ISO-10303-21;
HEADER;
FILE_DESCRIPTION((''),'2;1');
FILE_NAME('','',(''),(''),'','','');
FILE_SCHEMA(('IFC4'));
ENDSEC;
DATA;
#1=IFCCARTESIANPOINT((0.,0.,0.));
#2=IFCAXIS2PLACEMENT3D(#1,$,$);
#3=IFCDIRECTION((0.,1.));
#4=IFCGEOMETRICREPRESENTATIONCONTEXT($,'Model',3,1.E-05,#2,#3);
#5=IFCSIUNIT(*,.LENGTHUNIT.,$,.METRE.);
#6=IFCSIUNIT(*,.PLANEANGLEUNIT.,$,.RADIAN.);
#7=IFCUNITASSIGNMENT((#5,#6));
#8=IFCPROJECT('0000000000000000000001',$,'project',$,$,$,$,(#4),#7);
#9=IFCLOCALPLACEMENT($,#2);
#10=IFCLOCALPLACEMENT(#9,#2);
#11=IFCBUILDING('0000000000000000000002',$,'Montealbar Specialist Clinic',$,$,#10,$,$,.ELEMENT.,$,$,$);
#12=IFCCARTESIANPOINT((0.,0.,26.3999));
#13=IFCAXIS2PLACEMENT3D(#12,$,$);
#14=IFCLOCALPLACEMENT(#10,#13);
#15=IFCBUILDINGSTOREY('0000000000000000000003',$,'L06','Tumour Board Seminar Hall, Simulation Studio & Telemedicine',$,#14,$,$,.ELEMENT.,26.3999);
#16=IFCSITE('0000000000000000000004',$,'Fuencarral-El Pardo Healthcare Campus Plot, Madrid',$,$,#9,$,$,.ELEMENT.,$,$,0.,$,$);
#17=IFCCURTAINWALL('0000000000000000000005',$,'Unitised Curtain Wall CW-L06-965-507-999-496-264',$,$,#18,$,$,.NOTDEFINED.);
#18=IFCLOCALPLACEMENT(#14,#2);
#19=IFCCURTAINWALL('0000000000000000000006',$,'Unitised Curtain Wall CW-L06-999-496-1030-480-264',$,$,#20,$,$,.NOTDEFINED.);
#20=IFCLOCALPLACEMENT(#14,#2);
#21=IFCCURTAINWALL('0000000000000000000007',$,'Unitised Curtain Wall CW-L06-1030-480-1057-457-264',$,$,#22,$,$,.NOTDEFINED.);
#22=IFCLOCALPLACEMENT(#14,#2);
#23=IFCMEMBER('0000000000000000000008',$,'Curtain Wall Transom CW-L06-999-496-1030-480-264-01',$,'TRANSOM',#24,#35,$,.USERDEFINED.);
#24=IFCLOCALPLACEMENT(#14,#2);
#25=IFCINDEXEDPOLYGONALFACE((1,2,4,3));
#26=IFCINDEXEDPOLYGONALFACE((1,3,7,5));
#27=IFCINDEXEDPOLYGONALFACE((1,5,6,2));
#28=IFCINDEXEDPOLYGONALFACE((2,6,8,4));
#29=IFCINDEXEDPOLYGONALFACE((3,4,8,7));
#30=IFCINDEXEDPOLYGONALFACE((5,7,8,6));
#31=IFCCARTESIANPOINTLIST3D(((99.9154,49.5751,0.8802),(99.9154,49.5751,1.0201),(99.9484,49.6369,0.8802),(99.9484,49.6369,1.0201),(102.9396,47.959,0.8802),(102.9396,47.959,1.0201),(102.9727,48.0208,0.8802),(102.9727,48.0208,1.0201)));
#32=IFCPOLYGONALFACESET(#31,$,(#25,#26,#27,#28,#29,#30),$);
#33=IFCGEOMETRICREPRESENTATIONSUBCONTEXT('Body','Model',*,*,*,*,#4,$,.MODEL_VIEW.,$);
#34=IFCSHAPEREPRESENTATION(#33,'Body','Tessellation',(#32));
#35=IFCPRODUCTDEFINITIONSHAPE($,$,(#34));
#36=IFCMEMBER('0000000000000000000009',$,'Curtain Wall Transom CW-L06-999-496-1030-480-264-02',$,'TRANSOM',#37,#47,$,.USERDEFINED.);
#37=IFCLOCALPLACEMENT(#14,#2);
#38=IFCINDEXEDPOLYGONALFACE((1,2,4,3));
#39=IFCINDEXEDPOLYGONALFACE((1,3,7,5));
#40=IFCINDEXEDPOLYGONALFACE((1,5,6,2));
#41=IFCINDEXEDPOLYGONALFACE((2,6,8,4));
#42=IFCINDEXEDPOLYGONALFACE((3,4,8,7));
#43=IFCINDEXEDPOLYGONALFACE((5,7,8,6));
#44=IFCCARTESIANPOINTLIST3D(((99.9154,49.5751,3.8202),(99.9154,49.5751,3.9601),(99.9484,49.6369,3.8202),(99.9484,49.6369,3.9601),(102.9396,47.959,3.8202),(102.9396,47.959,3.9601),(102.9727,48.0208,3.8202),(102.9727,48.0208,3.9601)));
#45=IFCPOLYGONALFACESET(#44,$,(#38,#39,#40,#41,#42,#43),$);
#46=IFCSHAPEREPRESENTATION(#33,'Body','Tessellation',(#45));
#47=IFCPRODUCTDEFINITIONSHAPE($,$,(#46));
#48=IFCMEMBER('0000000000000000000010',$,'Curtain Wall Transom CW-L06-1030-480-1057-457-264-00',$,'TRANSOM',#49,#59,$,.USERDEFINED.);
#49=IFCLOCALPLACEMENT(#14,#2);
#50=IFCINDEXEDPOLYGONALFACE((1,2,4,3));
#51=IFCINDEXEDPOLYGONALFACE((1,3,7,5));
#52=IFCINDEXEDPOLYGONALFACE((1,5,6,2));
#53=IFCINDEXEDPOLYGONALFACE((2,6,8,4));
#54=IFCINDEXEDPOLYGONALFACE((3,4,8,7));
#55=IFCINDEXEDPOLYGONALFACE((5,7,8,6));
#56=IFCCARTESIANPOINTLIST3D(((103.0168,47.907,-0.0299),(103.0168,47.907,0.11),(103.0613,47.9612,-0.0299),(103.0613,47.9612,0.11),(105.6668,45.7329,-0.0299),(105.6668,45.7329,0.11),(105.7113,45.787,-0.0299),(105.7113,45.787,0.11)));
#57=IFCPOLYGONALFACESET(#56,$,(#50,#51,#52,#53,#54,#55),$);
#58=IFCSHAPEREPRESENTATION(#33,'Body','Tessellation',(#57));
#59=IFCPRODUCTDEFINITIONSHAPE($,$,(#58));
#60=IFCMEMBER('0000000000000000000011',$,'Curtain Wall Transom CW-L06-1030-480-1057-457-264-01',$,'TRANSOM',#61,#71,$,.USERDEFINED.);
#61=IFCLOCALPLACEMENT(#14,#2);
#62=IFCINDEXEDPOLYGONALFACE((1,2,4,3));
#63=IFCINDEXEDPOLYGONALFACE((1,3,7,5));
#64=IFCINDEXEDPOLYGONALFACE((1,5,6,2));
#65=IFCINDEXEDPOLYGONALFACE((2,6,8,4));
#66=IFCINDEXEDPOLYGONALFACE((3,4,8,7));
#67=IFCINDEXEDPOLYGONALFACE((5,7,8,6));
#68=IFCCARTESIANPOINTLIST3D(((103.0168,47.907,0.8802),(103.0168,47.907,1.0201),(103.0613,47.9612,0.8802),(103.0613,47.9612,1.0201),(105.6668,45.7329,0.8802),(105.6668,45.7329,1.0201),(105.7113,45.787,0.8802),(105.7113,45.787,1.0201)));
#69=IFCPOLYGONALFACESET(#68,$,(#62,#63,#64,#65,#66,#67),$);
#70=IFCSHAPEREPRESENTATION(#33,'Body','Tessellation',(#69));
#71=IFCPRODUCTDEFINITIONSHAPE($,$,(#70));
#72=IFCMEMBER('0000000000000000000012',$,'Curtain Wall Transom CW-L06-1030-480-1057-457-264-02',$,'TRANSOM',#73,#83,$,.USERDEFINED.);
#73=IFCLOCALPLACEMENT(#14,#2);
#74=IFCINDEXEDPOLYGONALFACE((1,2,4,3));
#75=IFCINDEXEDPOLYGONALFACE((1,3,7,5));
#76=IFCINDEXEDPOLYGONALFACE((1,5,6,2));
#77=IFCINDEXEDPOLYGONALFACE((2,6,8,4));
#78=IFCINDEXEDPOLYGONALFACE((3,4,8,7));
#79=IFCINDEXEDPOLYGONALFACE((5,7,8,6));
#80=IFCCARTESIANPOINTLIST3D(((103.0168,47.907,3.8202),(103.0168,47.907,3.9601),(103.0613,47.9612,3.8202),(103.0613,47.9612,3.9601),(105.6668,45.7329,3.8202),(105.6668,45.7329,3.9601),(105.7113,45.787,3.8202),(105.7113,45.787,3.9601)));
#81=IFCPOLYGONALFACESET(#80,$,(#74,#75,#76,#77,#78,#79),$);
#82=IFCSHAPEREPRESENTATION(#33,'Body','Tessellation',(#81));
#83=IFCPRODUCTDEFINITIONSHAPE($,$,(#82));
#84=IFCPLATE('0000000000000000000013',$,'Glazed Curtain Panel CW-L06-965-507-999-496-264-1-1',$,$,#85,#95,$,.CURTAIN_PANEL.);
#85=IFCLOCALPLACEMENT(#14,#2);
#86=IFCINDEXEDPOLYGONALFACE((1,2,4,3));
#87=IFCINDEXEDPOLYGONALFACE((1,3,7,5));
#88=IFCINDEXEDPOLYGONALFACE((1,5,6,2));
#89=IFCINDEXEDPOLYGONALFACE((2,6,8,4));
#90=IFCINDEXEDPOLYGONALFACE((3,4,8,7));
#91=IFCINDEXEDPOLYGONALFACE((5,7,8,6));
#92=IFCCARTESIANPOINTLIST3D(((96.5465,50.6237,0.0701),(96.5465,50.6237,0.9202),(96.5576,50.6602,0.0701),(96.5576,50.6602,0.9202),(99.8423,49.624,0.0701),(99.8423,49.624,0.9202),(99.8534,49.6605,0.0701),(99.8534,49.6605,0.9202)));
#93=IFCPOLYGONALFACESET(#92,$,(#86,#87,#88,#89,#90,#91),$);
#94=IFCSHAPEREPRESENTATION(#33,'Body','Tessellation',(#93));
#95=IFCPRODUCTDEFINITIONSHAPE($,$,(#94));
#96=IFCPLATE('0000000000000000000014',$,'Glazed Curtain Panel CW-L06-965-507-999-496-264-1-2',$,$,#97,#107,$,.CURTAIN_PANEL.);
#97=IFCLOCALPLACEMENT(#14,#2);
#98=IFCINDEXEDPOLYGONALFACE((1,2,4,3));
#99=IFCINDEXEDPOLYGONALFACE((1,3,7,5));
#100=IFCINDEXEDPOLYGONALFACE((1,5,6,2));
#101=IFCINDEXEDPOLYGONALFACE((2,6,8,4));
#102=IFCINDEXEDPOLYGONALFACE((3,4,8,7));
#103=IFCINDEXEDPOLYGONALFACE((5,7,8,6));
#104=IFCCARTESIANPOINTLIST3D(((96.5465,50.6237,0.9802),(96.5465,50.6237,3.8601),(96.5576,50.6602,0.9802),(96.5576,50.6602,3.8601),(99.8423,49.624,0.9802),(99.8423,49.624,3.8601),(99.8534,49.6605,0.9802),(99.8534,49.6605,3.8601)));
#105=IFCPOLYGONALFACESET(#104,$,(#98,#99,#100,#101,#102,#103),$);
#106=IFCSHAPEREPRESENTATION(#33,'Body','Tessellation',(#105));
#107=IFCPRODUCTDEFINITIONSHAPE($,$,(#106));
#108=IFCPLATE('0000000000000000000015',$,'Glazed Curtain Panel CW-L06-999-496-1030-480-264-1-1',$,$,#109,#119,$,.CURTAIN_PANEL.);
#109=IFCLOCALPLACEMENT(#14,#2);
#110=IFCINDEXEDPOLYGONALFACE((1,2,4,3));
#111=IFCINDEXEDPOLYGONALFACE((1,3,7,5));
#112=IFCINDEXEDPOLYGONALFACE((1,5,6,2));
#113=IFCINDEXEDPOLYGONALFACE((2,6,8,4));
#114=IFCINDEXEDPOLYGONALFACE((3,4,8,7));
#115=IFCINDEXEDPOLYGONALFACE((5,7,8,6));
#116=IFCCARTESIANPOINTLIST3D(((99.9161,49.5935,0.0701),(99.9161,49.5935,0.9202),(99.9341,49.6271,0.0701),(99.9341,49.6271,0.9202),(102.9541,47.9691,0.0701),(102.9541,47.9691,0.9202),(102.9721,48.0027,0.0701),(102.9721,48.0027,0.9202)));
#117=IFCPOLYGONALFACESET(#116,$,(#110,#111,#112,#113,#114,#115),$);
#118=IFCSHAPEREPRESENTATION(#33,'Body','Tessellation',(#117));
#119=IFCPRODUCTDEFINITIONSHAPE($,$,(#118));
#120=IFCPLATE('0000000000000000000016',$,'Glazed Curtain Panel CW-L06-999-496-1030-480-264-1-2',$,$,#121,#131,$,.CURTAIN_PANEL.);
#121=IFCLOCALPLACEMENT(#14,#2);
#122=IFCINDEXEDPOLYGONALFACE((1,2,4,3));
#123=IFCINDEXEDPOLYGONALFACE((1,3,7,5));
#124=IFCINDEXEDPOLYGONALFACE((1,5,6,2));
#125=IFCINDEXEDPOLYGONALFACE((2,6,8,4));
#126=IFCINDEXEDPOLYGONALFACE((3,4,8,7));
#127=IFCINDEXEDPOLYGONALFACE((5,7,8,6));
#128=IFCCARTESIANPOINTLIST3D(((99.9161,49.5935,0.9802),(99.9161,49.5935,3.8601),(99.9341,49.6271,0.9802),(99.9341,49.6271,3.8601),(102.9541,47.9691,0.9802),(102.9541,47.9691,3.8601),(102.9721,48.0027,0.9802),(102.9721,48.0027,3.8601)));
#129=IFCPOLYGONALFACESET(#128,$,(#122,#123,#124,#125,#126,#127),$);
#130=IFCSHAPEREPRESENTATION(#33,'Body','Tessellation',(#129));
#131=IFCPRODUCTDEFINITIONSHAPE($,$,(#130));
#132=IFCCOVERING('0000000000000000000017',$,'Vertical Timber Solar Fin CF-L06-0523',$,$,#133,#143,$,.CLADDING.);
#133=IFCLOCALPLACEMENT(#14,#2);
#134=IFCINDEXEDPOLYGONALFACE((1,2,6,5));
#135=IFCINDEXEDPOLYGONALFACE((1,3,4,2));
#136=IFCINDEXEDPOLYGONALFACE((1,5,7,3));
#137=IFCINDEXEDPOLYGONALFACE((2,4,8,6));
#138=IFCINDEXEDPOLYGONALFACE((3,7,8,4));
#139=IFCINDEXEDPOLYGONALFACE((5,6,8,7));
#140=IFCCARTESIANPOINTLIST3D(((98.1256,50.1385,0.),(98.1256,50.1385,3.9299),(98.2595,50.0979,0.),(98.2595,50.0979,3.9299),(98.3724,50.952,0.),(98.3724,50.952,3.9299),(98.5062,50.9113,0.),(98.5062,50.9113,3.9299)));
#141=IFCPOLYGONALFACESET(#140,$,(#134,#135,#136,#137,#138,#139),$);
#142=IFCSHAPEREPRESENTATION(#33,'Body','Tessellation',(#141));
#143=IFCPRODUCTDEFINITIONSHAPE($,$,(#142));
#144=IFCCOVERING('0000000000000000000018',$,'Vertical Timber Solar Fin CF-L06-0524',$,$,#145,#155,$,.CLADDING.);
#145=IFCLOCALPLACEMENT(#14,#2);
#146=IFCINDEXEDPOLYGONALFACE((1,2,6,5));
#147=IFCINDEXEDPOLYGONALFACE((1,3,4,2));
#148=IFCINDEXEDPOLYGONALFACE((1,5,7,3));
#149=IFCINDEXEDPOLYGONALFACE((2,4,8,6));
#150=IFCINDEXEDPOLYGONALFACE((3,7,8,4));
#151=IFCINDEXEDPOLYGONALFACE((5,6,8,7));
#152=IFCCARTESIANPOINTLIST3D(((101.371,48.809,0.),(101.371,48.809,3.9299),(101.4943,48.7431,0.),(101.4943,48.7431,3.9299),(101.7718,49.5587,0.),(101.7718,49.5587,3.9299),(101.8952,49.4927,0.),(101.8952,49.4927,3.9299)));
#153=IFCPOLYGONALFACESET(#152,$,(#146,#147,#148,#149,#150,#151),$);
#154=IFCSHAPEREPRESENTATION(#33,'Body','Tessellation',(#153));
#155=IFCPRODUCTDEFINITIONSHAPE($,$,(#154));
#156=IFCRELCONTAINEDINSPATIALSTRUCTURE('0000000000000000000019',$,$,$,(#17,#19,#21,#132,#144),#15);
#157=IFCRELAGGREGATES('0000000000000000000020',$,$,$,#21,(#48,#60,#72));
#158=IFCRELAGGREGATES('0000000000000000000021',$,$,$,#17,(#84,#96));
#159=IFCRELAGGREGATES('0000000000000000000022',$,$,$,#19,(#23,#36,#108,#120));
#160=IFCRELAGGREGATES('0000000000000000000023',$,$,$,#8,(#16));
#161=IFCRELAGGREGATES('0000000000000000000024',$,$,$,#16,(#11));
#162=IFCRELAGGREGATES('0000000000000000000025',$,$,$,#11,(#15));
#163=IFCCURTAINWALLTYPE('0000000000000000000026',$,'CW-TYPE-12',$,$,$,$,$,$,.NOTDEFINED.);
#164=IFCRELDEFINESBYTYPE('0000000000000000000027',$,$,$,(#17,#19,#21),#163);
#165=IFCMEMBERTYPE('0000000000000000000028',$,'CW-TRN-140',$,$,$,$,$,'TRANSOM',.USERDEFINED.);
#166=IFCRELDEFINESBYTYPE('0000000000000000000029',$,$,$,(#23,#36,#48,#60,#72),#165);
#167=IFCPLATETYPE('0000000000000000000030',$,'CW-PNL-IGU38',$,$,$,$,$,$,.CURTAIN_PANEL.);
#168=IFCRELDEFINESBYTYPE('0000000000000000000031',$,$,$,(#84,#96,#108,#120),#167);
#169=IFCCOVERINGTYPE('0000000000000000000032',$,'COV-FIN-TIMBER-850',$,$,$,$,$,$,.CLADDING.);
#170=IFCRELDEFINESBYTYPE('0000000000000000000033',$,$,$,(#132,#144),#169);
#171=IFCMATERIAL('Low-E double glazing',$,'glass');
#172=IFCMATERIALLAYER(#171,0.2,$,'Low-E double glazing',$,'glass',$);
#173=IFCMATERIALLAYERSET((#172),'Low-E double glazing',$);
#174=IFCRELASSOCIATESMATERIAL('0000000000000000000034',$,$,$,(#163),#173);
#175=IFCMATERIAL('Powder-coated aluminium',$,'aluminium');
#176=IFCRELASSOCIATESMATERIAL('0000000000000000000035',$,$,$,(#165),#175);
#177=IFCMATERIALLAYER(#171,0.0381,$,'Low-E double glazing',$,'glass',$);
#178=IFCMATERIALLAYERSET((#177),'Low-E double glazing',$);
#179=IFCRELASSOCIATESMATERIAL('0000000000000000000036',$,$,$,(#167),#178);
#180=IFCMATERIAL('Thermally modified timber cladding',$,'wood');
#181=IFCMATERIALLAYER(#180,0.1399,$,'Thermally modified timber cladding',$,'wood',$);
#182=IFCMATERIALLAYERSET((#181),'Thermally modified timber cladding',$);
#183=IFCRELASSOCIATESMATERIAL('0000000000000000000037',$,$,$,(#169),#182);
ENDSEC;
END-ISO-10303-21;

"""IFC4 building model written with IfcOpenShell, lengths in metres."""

from ifc_helpers import new_model, si_unit, direction, frame, origin, origin_2d, place, context, subcontext, project, spatial, rectangle, extrude, material, layer, layer_set, material_profile, profile_set, type_object, element, aggregate, save


model = new_model("IFC4")

# Units and contexts
model_context = context("Model", 3, precision=1e-05, world=origin(), true_north=direction((0.0, 1.0)))
body_context = subcontext(model_context, "Body", "Model", "MODEL_VIEW")
ifc_project = project(units=[si_unit("LENGTHUNIT", "METRE"), si_unit("PLANEANGLEUNIT", "RADIAN")], contexts=[model_context])

# Site, building, storey
site_placement = place(None, origin())
site = spatial("IfcSite", under=ifc_project, at=site_placement, Name="Fuencarral-El Pardo Healthcare Campus Plot, Madrid", CompositionType="ELEMENT", RefElevation=0.0)
building_placement = place(site_placement, origin())
building = spatial("IfcBuilding", under=site, at=building_placement, Name="Montealbar Specialist Clinic", CompositionType="ELEMENT")
storey_placement = place(building_placement, frame((0.0, 0.0, 26.3999)))
storey = spatial("IfcBuildingStorey", under=building, at=storey_placement, Name="L06", Description="Tumour Board Seminar Hall, Simulation Studio & Telemedicine", CompositionType="ELEMENT", Elevation=26.3999)

# Shared definitions
ifc_material_1 = material(Name="Low-E double glazing", Category="glass")
ifc_layer_1 = layer(ifc_material_1, 0.2, Name="Low-E double glazing", Category="glass")
ifc_layer_set_1 = layer_set([ifc_layer_1], Name="Low-E double glazing")
curtain_wall_type = type_object("IfcCurtainWallType", Name="CW-TYPE-12", PredefinedType="NOTDEFINED", material=ifc_layer_set_1)

# Curtain walls
curtain_wall_1_placement = place(storey_placement, origin())
curtain_wall_1 = element("IfcCurtainWall", 1, at=curtain_wall_1_placement, inside=storey, type_object=curtain_wall_type, Name="Unitised Curtain Wall CW-L06-965-507-999-496-264", PredefinedType="NOTDEFINED")
curtain_wall_2_placement = place(storey_placement, origin())
curtain_wall_2 = element("IfcCurtainWall", 2, at=curtain_wall_2_placement, inside=storey, type_object=curtain_wall_type, Name="Unitised Curtain Wall CW-L06-999-496-1030-480-264", PredefinedType="NOTDEFINED")

# Curtain wall
curtain_wall_3_placement = place(storey_placement, origin())
curtain_wall_3 = element("IfcCurtainWall", 3, at=curtain_wall_3_placement, inside=storey, type_object=curtain_wall_type, Name="Unitised Curtain Wall CW-L06-1030-480-1057-457-264", PredefinedType="NOTDEFINED")

# Members
ifc_material_2 = material(Name="Powder-coated aluminium", Category="aluminium")
ifc_material_profile_1 = material_profile(ifc_material_2, rectangle(XDim=0.0701, YDim=0.1399, at=origin_2d()), Name="ALU 70x140", Category="aluminium")
ifc_profile_set_1 = profile_set([ifc_material_profile_1], Name="Powder-coated aluminium")
member_type_1 = type_object("IfcMemberType", Name="CW-TRN-140", ElementType="TRANSOM", PredefinedType="USERDEFINED", material=ifc_profile_set_1)
member_1_placement = place(storey_placement, frame((99.9319, 49.606, 0.9502), z_axis=(0.88198, -0.471287, 0.0), x_axis=(0.471287, 0.88198, 0.0)))
member_1 = element("IfcMember", 4, at=member_1_placement, type_object=member_type_1, Name="Curtain Wall Transom CW-L06-999-496-1030-480-264-01", ObjectType="TRANSOM", PredefinedType="USERDEFINED", context=body_context, shape_type="SweptSolid", body=[
    extrude(rectangle(XDim=0.0701, YDim=0.1399, at=origin_2d()), origin(), (0.0, 0.0, 1.0), 3.429),
])
member_2_placement = place(storey_placement, frame((99.9319, 49.606, 3.8901), z_axis=(0.88198, -0.471287, 0.0), x_axis=(0.471287, 0.88198, 0.0)))
member_2 = element("IfcMember", 5, at=member_2_placement, type_object=member_type_1, Name="Curtain Wall Transom CW-L06-999-496-1030-480-264-02", ObjectType="TRANSOM", PredefinedType="USERDEFINED", context=body_context, shape_type="SweptSolid", body=[
    extrude(rectangle(XDim=0.0701, YDim=0.1399, at=origin_2d()), origin(), (0.0, 0.0, 1.0), 3.429),
])
member_3_placement = place(storey_placement, frame((103.0391, 47.9341, 0.04), z_axis=(0.773103, -0.634281, 0.0), x_axis=(0.634281, 0.773103, 0.0)))
member_3 = element("IfcMember", 6, at=member_3_placement, type_object=member_type_1, Name="Curtain Wall Transom CW-L06-1030-480-1057-457-264-00", ObjectType="TRANSOM", PredefinedType="USERDEFINED", context=body_context, shape_type="SweptSolid", body=[
    extrude(rectangle(XDim=0.0701, YDim=0.1399, at=origin_2d()), origin(), (0.0, 0.0, 1.0), 3.4277),
])
member_4_placement = place(storey_placement, frame((103.0391, 47.9341, 0.9502), z_axis=(0.773103, -0.634281, 0.0), x_axis=(0.634281, 0.773103, 0.0)))
member_4 = element("IfcMember", 7, at=member_4_placement, type_object=member_type_1, Name="Curtain Wall Transom CW-L06-1030-480-1057-457-264-01", ObjectType="TRANSOM", PredefinedType="USERDEFINED", context=body_context, shape_type="SweptSolid", body=[
    extrude(rectangle(XDim=0.0701, YDim=0.1399, at=origin_2d()), origin(), (0.0, 0.0, 1.0), 3.4277),
])
member_5_placement = place(storey_placement, frame((103.0391, 47.9341, 3.8901), z_axis=(0.773103, -0.634281, 0.0), x_axis=(0.634281, 0.773103, 0.0)))
member_5 = element("IfcMember", 8, at=member_5_placement, type_object=member_type_1, Name="Curtain Wall Transom CW-L06-1030-480-1057-457-264-02", ObjectType="TRANSOM", PredefinedType="USERDEFINED", context=body_context, shape_type="SweptSolid", body=[
    extrude(rectangle(XDim=0.0701, YDim=0.1399, at=origin_2d()), origin(), (0.0, 0.0, 1.0), 3.4277),
])
aggregate(curtain_wall_3, [member_3, member_4, member_5])

# Plates
ifc_layer_2 = layer(ifc_material_1, 0.0381, Name="Low-E double glazing", Category="glass")
ifc_layer_set_2 = layer_set([ifc_layer_2], Name="Low-E double glazing")
plate_type = type_object("IfcPlateType", Name="CW-PNL-IGU38", PredefinedType="CURTAIN_PANEL", material=ifc_layer_set_2)
plate_1_placement = place(storey_placement, frame((98.2, 50.1421, 0.0701), z_axis=(0.0, 0.0, 1.0), x_axis=(0.956948, -0.290259, 0.0)))
plate_1 = element("IfcPlate", 9, at=plate_1_placement, type_object=plate_type, Name="Glazed Curtain Panel CW-L06-965-507-999-496-264-1-1", PredefinedType="CURTAIN_PANEL", context=body_context, shape_type="SweptSolid", body=[
    extrude(rectangle(XDim=3.4441, YDim=0.0381, at=origin_2d()), origin(), (0.0, 0.0, 1.0), 0.8501),
])
plate_2_placement = place(storey_placement, frame((98.2, 50.1421, 0.9802), z_axis=(0.0, 0.0, 1.0), x_axis=(0.956948, -0.290259, 0.0)))
plate_2 = element("IfcPlate", 10, at=plate_2_placement, type_object=plate_type, Name="Glazed Curtain Panel CW-L06-965-507-999-496-264-1-2", PredefinedType="CURTAIN_PANEL", context=body_context, shape_type="SweptSolid", body=[
    extrude(rectangle(XDim=3.4441, YDim=0.0381, at=origin_2d()), origin(), (0.0, 0.0, 1.0), 2.8799),
])
aggregate(curtain_wall_1, [plate_1, plate_2])
plate_3_placement = place(storey_placement, frame((101.4441, 48.7981, 0.0701), z_axis=(0.0, 0.0, 1.0), x_axis=(0.88185, -0.471529, 0.0)))
plate_3 = element("IfcPlate", 11, at=plate_3_placement, type_object=plate_type, Name="Glazed Curtain Panel CW-L06-999-496-1030-480-264-1-1", PredefinedType="CURTAIN_PANEL", context=body_context, shape_type="SweptSolid", body=[
    extrude(rectangle(XDim=3.4451, YDim=0.0381, at=origin_2d()), origin(), (0.0, 0.0, 1.0), 0.8501),
])
plate_4_placement = place(storey_placement, frame((101.4441, 48.7981, 0.9802), z_axis=(0.0, 0.0, 1.0), x_axis=(0.88185, -0.471529, 0.0)))
plate_4 = element("IfcPlate", 12, at=plate_4_placement, type_object=plate_type, Name="Glazed Curtain Panel CW-L06-999-496-1030-480-264-1-2", PredefinedType="CURTAIN_PANEL", context=body_context, shape_type="SweptSolid", body=[
    extrude(rectangle(XDim=3.4451, YDim=0.0381, at=origin_2d()), origin(), (0.0, 0.0, 1.0), 2.8799),
])
aggregate(curtain_wall_2, [member_1, member_2, plate_3, plate_4])

# Coverings
ifc_material_3 = material(Name="Thermally modified timber cladding", Category="wood")
ifc_layer_3 = layer(ifc_material_3, 0.1399, Name="Thermally modified timber cladding", Category="wood")
ifc_layer_set_3 = layer_set([ifc_layer_3], Name="Thermally modified timber cladding")
covering_type = type_object("IfcCoveringType", Name="COV-FIN-TIMBER-850", PredefinedType="CLADDING", material=ifc_layer_set_3)
for number, where, z_axis, x_axis, name in (
    (13, (98.3159, 50.5249, 0.0), (0.0, 0.0, 1.0), (0.290259, 0.956948, 0.0), "Vertical Timber Solar Fin CF-L06-0523"),
    (14, (101.6331, 49.1509, 0.0), (0.0, 0.0, 1.0), (0.471529, 0.88185, 0.0), "Vertical Timber Solar Fin CF-L06-0524"),
):
    element("IfcCovering", number, at=place(storey_placement, frame(where, z_axis=z_axis, x_axis=x_axis)), inside=storey, type_object=covering_type, Name=name, PredefinedType="CLADDING", context=body_context, shape_type="SweptSolid", body=[
        extrude(rectangle(XDim=0.8501, YDim=0.1399, at=origin_2d()), origin(), (0.0, 0.0, 1.0), 3.9299),
    ])

save(model, "model.ifc")
